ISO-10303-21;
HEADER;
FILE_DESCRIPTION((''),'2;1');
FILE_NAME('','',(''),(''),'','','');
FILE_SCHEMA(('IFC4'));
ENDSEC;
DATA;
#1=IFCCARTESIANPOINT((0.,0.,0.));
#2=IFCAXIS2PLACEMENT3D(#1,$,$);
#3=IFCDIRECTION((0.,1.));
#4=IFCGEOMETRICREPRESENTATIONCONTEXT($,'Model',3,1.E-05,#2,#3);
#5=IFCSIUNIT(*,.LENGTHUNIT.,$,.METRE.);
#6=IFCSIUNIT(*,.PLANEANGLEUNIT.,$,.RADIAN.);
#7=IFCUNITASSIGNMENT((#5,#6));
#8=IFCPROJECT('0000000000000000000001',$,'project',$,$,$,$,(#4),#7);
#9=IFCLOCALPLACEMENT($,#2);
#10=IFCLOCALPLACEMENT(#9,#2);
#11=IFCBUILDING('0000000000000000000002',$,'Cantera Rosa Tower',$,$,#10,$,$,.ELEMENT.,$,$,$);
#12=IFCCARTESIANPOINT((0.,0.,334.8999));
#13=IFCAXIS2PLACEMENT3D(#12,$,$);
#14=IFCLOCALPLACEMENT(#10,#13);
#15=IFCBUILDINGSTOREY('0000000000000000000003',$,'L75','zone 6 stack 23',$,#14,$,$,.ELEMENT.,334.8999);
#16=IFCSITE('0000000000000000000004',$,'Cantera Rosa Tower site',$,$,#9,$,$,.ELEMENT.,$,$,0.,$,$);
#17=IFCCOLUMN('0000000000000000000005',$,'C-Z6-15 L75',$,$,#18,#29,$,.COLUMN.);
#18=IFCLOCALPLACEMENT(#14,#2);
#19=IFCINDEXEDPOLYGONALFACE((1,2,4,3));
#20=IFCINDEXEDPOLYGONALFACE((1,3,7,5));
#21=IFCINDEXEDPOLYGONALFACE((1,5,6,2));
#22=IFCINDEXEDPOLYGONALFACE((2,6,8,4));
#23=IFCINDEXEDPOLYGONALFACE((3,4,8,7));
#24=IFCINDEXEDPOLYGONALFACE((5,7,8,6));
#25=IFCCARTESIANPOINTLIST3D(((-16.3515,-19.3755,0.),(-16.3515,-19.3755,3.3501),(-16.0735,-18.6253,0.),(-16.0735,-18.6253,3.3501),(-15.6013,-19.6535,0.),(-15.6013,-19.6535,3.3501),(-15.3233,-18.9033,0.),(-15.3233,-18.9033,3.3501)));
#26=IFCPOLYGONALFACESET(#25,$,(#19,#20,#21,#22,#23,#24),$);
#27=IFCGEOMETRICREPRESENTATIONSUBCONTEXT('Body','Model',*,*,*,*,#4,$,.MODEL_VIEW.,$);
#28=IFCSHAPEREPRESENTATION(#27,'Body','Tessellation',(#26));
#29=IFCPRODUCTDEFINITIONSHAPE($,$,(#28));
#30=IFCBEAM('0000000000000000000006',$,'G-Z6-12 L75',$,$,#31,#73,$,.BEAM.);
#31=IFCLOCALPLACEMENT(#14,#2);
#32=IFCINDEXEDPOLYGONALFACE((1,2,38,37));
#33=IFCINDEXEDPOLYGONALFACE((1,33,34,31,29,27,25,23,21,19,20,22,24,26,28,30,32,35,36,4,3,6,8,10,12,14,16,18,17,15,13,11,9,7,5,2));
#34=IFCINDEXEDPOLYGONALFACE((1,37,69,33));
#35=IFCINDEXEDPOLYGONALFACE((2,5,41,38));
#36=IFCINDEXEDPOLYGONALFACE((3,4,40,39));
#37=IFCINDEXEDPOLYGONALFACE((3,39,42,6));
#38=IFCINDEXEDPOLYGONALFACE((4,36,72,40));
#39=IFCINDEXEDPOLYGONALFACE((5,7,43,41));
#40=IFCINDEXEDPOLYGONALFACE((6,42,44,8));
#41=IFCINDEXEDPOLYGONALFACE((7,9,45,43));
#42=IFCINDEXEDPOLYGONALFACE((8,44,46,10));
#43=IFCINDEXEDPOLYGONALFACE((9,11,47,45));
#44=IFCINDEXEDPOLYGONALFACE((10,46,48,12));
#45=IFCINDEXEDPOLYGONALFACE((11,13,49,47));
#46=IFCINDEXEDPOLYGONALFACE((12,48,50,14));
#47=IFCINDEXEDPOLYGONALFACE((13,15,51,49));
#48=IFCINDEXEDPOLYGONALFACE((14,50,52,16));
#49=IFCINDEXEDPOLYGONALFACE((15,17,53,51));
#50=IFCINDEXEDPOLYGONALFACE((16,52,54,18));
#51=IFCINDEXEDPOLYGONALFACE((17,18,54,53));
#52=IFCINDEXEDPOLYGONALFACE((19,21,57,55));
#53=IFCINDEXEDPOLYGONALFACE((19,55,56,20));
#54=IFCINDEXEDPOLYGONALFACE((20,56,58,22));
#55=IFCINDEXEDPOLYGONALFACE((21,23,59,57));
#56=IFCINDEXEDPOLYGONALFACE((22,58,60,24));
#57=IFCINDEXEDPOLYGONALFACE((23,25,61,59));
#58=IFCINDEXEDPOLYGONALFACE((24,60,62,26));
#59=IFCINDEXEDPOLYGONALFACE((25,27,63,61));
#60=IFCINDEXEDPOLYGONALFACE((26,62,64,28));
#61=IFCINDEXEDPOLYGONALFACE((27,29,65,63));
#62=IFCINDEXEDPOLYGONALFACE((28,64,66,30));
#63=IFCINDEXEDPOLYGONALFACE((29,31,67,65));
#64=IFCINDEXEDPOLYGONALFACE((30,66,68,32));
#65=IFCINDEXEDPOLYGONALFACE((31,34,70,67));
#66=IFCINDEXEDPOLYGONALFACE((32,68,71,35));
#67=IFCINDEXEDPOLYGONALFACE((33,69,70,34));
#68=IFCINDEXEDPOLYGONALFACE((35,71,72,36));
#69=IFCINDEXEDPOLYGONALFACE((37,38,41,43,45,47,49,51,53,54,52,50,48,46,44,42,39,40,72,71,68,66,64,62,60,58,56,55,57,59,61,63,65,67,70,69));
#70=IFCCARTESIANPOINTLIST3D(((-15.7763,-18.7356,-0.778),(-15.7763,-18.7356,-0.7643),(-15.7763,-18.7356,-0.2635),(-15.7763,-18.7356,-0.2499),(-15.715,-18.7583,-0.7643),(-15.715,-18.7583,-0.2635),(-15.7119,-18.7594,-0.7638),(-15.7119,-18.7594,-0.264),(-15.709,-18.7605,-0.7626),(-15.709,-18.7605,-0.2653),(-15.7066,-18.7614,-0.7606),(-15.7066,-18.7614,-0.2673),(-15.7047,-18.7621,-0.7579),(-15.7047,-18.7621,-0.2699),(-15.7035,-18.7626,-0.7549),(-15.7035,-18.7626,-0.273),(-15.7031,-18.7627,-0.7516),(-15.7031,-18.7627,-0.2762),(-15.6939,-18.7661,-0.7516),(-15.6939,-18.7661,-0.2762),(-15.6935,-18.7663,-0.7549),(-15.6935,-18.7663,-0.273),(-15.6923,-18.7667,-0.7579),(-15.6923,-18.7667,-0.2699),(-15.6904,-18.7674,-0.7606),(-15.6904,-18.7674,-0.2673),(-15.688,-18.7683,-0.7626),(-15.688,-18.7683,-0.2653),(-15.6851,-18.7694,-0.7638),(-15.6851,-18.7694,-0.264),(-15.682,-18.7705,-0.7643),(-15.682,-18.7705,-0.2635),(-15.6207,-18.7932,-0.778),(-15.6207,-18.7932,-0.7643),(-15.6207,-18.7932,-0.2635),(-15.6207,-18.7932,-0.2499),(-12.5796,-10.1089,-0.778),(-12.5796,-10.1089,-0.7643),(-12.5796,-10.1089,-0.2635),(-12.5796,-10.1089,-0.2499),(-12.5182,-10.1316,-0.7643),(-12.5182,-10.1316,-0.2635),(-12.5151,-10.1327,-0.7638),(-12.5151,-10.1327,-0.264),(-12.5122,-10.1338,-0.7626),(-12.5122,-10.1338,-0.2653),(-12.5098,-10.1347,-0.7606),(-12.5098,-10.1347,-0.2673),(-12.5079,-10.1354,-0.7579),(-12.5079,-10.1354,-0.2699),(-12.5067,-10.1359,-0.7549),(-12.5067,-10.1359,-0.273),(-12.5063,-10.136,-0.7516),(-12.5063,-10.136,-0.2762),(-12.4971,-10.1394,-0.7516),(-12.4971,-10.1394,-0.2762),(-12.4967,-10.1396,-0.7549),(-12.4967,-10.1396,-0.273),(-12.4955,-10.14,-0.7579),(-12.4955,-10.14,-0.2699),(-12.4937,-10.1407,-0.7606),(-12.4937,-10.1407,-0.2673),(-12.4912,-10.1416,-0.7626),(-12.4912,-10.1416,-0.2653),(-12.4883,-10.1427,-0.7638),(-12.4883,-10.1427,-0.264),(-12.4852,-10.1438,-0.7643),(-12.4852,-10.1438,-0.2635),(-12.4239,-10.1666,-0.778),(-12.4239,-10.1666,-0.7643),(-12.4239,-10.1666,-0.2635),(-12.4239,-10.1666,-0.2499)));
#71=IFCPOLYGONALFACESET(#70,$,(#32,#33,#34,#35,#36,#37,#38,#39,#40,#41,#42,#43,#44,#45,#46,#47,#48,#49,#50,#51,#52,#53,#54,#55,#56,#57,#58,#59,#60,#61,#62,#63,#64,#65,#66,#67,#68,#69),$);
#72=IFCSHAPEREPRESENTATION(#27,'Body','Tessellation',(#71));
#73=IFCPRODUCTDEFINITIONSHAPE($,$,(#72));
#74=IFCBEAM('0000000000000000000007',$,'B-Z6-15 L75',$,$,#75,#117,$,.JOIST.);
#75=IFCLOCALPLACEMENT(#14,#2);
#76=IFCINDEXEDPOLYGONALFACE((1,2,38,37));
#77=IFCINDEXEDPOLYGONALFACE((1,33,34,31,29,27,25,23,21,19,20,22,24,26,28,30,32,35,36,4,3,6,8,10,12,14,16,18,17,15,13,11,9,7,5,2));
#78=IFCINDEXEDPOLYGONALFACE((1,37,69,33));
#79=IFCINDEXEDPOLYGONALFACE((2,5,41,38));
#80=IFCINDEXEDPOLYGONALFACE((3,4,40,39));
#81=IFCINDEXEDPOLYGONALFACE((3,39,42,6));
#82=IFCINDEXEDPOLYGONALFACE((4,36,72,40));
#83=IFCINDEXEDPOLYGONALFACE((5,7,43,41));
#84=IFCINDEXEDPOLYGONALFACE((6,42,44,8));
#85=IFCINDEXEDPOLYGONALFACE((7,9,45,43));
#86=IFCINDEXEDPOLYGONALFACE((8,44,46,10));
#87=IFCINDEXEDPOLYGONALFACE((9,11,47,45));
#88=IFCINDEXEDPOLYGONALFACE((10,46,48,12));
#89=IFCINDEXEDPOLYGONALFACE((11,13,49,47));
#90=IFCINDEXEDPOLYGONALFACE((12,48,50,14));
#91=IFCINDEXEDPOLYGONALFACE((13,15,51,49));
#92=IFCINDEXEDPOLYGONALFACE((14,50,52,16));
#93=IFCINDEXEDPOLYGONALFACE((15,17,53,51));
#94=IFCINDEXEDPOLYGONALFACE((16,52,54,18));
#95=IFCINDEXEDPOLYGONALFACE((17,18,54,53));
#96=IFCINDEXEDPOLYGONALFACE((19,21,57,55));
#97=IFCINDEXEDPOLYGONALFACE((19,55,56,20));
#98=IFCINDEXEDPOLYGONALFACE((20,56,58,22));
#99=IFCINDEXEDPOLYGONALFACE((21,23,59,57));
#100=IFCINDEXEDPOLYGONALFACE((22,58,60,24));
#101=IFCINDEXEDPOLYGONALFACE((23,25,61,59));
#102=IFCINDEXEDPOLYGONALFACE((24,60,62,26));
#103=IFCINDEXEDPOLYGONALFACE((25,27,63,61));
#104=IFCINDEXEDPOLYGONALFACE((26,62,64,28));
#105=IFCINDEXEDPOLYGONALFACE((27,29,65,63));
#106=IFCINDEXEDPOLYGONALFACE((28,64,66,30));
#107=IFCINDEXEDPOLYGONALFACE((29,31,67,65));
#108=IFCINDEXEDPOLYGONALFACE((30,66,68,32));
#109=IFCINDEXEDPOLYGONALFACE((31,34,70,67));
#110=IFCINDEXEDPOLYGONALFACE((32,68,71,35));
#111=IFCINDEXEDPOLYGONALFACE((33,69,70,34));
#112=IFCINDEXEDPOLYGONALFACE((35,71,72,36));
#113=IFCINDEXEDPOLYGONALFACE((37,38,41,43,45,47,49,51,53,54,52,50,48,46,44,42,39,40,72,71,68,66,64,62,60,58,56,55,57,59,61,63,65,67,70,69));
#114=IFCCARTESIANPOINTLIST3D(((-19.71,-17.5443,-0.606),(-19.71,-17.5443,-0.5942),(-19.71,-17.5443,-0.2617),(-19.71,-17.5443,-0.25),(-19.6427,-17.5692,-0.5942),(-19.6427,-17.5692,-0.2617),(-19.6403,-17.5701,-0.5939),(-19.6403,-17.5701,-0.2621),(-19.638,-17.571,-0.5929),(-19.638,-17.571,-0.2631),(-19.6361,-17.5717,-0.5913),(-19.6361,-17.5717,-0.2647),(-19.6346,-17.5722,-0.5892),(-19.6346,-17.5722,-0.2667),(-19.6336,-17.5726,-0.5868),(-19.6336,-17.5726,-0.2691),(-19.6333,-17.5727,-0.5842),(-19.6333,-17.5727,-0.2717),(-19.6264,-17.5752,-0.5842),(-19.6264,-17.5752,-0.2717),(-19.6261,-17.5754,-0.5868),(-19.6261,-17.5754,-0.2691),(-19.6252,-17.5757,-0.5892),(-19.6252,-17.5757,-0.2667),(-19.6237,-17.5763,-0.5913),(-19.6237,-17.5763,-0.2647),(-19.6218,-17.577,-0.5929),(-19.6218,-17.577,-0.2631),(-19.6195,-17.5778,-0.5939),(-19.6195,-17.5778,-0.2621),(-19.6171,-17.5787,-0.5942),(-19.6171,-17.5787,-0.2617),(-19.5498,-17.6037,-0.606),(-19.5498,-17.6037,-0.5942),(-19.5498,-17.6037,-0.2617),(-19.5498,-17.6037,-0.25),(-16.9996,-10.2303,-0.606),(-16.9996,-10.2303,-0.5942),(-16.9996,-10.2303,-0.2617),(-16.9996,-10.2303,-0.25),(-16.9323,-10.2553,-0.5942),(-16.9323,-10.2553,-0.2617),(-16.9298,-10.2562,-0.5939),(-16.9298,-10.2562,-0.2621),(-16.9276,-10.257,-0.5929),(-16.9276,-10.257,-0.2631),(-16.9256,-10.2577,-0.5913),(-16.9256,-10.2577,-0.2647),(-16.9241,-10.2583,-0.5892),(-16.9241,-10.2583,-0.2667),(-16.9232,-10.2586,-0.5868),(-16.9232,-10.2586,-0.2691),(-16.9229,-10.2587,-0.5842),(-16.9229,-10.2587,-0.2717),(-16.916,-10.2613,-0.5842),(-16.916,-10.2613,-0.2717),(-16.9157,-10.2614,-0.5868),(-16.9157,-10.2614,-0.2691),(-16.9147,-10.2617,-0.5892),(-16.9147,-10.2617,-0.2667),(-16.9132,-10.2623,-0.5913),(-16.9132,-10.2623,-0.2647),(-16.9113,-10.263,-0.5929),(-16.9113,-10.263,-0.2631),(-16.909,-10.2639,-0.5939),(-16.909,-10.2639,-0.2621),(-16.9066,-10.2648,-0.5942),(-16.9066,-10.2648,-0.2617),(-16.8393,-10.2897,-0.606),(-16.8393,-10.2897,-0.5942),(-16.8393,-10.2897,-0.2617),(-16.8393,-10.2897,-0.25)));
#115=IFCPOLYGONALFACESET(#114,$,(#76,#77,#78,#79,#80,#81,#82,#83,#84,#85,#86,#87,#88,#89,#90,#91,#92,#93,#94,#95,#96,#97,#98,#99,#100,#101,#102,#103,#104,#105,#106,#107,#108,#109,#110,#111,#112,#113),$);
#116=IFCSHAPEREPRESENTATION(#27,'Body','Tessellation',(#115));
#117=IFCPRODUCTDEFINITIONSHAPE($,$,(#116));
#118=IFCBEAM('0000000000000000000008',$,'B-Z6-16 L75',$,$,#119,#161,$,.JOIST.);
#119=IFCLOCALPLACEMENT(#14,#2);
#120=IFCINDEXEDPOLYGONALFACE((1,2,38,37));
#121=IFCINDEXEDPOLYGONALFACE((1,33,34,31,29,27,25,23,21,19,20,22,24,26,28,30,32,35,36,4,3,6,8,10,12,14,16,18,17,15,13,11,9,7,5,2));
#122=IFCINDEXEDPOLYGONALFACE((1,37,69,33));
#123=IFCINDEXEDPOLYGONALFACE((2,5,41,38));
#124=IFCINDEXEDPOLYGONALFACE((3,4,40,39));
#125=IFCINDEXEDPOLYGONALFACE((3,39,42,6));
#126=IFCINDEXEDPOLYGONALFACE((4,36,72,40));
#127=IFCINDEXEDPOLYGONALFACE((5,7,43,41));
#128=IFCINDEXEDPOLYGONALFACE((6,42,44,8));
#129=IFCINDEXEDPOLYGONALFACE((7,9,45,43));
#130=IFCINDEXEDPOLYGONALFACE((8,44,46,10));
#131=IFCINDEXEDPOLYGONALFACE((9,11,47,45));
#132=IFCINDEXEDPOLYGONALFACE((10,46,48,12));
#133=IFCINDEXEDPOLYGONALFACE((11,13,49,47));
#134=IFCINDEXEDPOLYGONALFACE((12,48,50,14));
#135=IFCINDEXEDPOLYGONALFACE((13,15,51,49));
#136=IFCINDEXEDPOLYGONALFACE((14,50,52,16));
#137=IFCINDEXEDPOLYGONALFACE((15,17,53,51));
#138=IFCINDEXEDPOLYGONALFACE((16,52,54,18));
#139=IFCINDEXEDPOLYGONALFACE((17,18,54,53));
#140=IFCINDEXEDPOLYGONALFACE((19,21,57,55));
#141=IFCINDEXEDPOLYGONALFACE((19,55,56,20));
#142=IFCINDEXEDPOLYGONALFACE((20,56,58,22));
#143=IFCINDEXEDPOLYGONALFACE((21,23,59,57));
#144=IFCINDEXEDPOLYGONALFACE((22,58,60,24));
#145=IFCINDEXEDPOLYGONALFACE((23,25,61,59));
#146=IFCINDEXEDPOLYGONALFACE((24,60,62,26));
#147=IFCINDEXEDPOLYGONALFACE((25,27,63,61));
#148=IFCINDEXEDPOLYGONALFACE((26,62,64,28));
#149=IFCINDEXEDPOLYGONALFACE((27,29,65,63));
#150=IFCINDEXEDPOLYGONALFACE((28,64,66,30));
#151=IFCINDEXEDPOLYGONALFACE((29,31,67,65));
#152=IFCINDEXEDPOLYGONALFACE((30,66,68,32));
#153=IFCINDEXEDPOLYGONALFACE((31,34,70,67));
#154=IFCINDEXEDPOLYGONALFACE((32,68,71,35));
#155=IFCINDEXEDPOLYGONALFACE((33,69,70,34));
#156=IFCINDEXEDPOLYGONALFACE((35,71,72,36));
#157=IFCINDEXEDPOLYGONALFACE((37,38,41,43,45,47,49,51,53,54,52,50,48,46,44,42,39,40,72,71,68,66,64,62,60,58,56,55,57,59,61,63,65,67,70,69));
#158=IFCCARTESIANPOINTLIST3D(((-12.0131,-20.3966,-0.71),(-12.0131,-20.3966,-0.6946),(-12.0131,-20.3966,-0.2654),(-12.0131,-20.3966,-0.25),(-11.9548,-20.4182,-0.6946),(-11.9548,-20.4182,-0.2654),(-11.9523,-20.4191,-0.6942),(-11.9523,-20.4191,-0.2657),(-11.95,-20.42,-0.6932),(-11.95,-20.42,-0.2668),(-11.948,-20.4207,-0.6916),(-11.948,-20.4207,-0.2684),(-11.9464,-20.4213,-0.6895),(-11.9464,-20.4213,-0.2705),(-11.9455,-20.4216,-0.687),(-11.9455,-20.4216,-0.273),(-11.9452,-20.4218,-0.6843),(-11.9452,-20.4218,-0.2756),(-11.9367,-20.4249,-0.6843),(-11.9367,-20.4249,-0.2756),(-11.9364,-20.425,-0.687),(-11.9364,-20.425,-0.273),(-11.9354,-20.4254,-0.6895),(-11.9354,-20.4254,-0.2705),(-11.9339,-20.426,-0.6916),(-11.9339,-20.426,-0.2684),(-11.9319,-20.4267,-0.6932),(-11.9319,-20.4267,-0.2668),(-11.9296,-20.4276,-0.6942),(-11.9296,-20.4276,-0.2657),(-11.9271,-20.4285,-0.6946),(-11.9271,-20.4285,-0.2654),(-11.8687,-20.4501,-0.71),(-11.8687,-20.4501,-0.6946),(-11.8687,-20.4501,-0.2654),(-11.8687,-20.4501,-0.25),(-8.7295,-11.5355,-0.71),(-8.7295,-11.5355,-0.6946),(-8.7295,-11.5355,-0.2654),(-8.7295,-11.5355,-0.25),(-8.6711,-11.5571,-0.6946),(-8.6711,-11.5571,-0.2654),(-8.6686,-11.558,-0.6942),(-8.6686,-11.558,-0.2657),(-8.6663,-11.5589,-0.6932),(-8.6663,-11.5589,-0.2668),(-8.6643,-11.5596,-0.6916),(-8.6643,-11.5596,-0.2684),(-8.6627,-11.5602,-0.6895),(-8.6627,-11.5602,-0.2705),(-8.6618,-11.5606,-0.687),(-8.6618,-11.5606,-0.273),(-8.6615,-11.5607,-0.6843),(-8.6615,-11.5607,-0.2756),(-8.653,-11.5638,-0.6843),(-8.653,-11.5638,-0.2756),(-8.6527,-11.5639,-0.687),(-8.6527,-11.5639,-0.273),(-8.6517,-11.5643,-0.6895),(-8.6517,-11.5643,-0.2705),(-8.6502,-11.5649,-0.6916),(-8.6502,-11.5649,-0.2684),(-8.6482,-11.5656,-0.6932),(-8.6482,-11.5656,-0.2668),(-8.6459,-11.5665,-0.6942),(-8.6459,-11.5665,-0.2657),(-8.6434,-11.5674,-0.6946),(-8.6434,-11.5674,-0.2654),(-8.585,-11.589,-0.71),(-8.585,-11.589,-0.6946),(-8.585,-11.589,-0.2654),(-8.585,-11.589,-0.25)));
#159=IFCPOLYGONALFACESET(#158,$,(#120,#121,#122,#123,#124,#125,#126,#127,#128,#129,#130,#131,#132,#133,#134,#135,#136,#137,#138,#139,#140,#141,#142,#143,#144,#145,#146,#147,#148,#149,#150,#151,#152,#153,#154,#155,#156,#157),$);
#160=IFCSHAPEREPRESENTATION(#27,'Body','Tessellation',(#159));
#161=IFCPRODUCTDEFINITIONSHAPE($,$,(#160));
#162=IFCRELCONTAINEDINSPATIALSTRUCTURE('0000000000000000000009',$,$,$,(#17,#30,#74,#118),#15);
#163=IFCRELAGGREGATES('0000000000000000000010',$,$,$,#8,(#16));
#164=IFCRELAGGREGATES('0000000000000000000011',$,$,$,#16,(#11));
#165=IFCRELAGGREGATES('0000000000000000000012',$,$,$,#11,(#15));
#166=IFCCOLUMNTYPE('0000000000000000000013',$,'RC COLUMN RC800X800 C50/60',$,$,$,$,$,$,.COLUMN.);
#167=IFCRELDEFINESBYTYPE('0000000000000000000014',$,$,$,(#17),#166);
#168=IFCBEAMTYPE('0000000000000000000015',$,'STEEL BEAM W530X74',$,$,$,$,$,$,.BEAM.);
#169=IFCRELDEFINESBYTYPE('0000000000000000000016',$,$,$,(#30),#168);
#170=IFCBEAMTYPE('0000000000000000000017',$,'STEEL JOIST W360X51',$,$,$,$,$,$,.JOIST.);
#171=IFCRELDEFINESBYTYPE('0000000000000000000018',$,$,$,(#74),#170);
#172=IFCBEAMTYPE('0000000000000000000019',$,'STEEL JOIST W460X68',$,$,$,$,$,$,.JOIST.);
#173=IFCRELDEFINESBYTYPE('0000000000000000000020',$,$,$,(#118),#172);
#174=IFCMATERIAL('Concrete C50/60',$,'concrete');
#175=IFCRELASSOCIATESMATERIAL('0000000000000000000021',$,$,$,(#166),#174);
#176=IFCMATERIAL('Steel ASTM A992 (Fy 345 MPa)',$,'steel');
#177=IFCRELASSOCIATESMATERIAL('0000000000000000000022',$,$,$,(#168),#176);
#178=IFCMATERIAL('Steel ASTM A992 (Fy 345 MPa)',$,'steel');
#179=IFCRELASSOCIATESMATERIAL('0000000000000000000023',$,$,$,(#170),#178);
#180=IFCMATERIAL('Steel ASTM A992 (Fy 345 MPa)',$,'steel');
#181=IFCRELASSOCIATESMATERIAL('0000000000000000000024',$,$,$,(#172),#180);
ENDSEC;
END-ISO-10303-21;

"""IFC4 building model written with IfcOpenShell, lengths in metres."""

from ifc_helpers import new_model, si_unit, direction, frame, origin, origin_2d, place, context, subcontext, project, spatial, rectangle, i_section, extrude, material, material_profile, profile_set, type_object, element, save


model = new_model("IFC4")

# Units and contexts
model_context = context("Model", 3, precision=1e-05, world=origin(), true_north=direction((0.0, 1.0)))
body_context = subcontext(model_context, "Body", "Model", "MODEL_VIEW")
ifc_project = project(units=[si_unit("LENGTHUNIT", "METRE"), si_unit("PLANEANGLEUNIT", "RADIAN")], contexts=[model_context])

# Site, building, storey
site_placement = place(None, origin())
site = spatial("IfcSite", under=ifc_project, at=site_placement, Name="Cantera Rosa Tower site", CompositionType="ELEMENT", RefElevation=0.0)
building_placement = place(site_placement, origin())
building = spatial("IfcBuilding", under=site, at=building_placement, Name="Cantera Rosa Tower", CompositionType="ELEMENT")
storey_placement = place(building_placement, frame((0.0, 0.0, 334.8999)))
storey = spatial("IfcBuildingStorey", under=building, at=storey_placement, Name="L75", Description="zone 6 stack 23", CompositionType="ELEMENT", Elevation=334.8999)

# Column
ifc_material_1 = material(Name="Concrete C50/60", Category="concrete")
ifc_material_profile_1 = material_profile(ifc_material_1, rectangle(XDim=0.8, YDim=0.8, at=origin_2d()), Name="RC COLUMN RC800X800 C50/60")
ifc_profile_set_1 = profile_set([ifc_material_profile_1], Name="Concrete C50/60")
column_type = type_object("IfcColumnType", Name="RC COLUMN RC800X800 C50/60", PredefinedType="COLUMN", material=ifc_profile_set_1)
column_placement = place(storey_placement, frame((-15.8374, -19.1394, 0.0), z_axis=(0.0, 0.0, 1.0), x_axis=(0.347481, 0.937687, 0.0)))
element("IfcColumn", 1, at=column_placement, inside=storey, type_object=column_type, Name="C-Z6-15 L75", PredefinedType="COLUMN", context=body_context, shape_type="SweptSolid", body=[
    extrude(rectangle(XDim=0.8, YDim=0.8, at=origin_2d()), origin(), (0.0, 0.0, 1.0), 3.3501),
])

# Beams
ifc_material_2 = material(Name="Steel ASTM A992 (Fy 345 MPa)", Category="steel")
ifc_material_profile_2 = material_profile(ifc_material_2, i_section(OverallWidth=0.166, OverallDepth=0.5281, WebThickness=0.0098, FlangeThickness=0.0137, FilletRadius=0.0127, at=origin_2d()), Name="W530X74")
ifc_profile_set_2 = profile_set([ifc_material_profile_2], Name="Steel ASTM A992 (Fy 345 MPa)")
beam_type_1 = type_object("IfcBeamType", Name="STEEL BEAM W530X74", PredefinedType="BEAM", material=ifc_profile_set_2)
beam_1_placement = place(storey_placement, frame((-15.6985, -18.7644, -0.5139), z_axis=(0.347477, 0.937689, 0.0), x_axis=(-0.937689, 0.347477, 0.0)))
element("IfcBeam", 2, at=beam_1_placement, inside=storey, type_object=beam_type_1, Name="G-Z6-12 L75", PredefinedType="BEAM", context=body_context, shape_type="SweptSolid", body=[
    extrude(i_section(OverallWidth=0.166, OverallDepth=0.5281, WebThickness=0.0098, FlangeThickness=0.0137, FilletRadius=0.0127, at=origin_2d()), origin(), (0.0, 0.0, 1.0), 9.2),
])
ifc_material_3 = material(Name="Steel ASTM A992 (Fy 345 MPa)", Category="steel")
ifc_material_profile_3 = material_profile(ifc_material_3, i_section(OverallWidth=0.1709, OverallDepth=0.356, WebThickness=0.0073, FlangeThickness=0.0117, FilletRadius=0.01, at=origin_2d()), Name="W360X51")
ifc_profile_set_3 = profile_set([ifc_material_profile_3], Name="Steel ASTM A992 (Fy 345 MPa)")
beam_type_2 = type_object("IfcBeamType", Name="STEEL JOIST W360X51", PredefinedType="JOIST", material=ifc_profile_set_3)
beam_2_placement = place(storey_placement, frame((-19.6299, -17.574, -0.428), z_axis=(0.347492, 0.937683, 0.0), x_axis=(-0.937683, 0.347492, 0.0)))
element("IfcBeam", 3, at=beam_2_placement, inside=storey, type_object=beam_type_2, Name="B-Z6-15 L75", PredefinedType="JOIST", context=body_context, shape_type="SweptSolid", body=[
    extrude(i_section(OverallWidth=0.1709, OverallDepth=0.356, WebThickness=0.0073, FlangeThickness=0.0117, FilletRadius=0.01, at=origin_2d()), origin(), (0.0, 0.0, 1.0), 7.8),
])
ifc_material_4 = material(Name="Steel ASTM A992 (Fy 345 MPa)", Category="steel")
ifc_material_profile_4 = material_profile(ifc_material_4, i_section(OverallWidth=0.1541, OverallDepth=0.46, WebThickness=0.009, FlangeThickness=0.0154, FilletRadius=0.0103, at=origin_2d()), Name="W460X68")
ifc_profile_set_4 = profile_set([ifc_material_profile_4], Name="Steel ASTM A992 (Fy 345 MPa)")
beam_type_3 = type_object("IfcBeamType", Name="STEEL JOIST W460X68", PredefinedType="JOIST", material=ifc_profile_set_4)
beam_3_placement = place(storey_placement, frame((-11.9409, -20.4233, -0.48), z_axis=(0.347483, 0.937686, 0.0), x_axis=(-0.937686, 0.347483, 0.0)))
element("IfcBeam", 4, at=beam_3_placement, inside=storey, type_object=beam_type_3, Name="B-Z6-16 L75", PredefinedType="JOIST", context=body_context, shape_type="SweptSolid", body=[
    extrude(i_section(OverallWidth=0.1541, OverallDepth=0.46, WebThickness=0.009, FlangeThickness=0.0154, FilletRadius=0.0103, at=origin_2d()), origin(), (0.0, 0.0, 1.0), 9.45),
])

save(model, "model.ifc")
